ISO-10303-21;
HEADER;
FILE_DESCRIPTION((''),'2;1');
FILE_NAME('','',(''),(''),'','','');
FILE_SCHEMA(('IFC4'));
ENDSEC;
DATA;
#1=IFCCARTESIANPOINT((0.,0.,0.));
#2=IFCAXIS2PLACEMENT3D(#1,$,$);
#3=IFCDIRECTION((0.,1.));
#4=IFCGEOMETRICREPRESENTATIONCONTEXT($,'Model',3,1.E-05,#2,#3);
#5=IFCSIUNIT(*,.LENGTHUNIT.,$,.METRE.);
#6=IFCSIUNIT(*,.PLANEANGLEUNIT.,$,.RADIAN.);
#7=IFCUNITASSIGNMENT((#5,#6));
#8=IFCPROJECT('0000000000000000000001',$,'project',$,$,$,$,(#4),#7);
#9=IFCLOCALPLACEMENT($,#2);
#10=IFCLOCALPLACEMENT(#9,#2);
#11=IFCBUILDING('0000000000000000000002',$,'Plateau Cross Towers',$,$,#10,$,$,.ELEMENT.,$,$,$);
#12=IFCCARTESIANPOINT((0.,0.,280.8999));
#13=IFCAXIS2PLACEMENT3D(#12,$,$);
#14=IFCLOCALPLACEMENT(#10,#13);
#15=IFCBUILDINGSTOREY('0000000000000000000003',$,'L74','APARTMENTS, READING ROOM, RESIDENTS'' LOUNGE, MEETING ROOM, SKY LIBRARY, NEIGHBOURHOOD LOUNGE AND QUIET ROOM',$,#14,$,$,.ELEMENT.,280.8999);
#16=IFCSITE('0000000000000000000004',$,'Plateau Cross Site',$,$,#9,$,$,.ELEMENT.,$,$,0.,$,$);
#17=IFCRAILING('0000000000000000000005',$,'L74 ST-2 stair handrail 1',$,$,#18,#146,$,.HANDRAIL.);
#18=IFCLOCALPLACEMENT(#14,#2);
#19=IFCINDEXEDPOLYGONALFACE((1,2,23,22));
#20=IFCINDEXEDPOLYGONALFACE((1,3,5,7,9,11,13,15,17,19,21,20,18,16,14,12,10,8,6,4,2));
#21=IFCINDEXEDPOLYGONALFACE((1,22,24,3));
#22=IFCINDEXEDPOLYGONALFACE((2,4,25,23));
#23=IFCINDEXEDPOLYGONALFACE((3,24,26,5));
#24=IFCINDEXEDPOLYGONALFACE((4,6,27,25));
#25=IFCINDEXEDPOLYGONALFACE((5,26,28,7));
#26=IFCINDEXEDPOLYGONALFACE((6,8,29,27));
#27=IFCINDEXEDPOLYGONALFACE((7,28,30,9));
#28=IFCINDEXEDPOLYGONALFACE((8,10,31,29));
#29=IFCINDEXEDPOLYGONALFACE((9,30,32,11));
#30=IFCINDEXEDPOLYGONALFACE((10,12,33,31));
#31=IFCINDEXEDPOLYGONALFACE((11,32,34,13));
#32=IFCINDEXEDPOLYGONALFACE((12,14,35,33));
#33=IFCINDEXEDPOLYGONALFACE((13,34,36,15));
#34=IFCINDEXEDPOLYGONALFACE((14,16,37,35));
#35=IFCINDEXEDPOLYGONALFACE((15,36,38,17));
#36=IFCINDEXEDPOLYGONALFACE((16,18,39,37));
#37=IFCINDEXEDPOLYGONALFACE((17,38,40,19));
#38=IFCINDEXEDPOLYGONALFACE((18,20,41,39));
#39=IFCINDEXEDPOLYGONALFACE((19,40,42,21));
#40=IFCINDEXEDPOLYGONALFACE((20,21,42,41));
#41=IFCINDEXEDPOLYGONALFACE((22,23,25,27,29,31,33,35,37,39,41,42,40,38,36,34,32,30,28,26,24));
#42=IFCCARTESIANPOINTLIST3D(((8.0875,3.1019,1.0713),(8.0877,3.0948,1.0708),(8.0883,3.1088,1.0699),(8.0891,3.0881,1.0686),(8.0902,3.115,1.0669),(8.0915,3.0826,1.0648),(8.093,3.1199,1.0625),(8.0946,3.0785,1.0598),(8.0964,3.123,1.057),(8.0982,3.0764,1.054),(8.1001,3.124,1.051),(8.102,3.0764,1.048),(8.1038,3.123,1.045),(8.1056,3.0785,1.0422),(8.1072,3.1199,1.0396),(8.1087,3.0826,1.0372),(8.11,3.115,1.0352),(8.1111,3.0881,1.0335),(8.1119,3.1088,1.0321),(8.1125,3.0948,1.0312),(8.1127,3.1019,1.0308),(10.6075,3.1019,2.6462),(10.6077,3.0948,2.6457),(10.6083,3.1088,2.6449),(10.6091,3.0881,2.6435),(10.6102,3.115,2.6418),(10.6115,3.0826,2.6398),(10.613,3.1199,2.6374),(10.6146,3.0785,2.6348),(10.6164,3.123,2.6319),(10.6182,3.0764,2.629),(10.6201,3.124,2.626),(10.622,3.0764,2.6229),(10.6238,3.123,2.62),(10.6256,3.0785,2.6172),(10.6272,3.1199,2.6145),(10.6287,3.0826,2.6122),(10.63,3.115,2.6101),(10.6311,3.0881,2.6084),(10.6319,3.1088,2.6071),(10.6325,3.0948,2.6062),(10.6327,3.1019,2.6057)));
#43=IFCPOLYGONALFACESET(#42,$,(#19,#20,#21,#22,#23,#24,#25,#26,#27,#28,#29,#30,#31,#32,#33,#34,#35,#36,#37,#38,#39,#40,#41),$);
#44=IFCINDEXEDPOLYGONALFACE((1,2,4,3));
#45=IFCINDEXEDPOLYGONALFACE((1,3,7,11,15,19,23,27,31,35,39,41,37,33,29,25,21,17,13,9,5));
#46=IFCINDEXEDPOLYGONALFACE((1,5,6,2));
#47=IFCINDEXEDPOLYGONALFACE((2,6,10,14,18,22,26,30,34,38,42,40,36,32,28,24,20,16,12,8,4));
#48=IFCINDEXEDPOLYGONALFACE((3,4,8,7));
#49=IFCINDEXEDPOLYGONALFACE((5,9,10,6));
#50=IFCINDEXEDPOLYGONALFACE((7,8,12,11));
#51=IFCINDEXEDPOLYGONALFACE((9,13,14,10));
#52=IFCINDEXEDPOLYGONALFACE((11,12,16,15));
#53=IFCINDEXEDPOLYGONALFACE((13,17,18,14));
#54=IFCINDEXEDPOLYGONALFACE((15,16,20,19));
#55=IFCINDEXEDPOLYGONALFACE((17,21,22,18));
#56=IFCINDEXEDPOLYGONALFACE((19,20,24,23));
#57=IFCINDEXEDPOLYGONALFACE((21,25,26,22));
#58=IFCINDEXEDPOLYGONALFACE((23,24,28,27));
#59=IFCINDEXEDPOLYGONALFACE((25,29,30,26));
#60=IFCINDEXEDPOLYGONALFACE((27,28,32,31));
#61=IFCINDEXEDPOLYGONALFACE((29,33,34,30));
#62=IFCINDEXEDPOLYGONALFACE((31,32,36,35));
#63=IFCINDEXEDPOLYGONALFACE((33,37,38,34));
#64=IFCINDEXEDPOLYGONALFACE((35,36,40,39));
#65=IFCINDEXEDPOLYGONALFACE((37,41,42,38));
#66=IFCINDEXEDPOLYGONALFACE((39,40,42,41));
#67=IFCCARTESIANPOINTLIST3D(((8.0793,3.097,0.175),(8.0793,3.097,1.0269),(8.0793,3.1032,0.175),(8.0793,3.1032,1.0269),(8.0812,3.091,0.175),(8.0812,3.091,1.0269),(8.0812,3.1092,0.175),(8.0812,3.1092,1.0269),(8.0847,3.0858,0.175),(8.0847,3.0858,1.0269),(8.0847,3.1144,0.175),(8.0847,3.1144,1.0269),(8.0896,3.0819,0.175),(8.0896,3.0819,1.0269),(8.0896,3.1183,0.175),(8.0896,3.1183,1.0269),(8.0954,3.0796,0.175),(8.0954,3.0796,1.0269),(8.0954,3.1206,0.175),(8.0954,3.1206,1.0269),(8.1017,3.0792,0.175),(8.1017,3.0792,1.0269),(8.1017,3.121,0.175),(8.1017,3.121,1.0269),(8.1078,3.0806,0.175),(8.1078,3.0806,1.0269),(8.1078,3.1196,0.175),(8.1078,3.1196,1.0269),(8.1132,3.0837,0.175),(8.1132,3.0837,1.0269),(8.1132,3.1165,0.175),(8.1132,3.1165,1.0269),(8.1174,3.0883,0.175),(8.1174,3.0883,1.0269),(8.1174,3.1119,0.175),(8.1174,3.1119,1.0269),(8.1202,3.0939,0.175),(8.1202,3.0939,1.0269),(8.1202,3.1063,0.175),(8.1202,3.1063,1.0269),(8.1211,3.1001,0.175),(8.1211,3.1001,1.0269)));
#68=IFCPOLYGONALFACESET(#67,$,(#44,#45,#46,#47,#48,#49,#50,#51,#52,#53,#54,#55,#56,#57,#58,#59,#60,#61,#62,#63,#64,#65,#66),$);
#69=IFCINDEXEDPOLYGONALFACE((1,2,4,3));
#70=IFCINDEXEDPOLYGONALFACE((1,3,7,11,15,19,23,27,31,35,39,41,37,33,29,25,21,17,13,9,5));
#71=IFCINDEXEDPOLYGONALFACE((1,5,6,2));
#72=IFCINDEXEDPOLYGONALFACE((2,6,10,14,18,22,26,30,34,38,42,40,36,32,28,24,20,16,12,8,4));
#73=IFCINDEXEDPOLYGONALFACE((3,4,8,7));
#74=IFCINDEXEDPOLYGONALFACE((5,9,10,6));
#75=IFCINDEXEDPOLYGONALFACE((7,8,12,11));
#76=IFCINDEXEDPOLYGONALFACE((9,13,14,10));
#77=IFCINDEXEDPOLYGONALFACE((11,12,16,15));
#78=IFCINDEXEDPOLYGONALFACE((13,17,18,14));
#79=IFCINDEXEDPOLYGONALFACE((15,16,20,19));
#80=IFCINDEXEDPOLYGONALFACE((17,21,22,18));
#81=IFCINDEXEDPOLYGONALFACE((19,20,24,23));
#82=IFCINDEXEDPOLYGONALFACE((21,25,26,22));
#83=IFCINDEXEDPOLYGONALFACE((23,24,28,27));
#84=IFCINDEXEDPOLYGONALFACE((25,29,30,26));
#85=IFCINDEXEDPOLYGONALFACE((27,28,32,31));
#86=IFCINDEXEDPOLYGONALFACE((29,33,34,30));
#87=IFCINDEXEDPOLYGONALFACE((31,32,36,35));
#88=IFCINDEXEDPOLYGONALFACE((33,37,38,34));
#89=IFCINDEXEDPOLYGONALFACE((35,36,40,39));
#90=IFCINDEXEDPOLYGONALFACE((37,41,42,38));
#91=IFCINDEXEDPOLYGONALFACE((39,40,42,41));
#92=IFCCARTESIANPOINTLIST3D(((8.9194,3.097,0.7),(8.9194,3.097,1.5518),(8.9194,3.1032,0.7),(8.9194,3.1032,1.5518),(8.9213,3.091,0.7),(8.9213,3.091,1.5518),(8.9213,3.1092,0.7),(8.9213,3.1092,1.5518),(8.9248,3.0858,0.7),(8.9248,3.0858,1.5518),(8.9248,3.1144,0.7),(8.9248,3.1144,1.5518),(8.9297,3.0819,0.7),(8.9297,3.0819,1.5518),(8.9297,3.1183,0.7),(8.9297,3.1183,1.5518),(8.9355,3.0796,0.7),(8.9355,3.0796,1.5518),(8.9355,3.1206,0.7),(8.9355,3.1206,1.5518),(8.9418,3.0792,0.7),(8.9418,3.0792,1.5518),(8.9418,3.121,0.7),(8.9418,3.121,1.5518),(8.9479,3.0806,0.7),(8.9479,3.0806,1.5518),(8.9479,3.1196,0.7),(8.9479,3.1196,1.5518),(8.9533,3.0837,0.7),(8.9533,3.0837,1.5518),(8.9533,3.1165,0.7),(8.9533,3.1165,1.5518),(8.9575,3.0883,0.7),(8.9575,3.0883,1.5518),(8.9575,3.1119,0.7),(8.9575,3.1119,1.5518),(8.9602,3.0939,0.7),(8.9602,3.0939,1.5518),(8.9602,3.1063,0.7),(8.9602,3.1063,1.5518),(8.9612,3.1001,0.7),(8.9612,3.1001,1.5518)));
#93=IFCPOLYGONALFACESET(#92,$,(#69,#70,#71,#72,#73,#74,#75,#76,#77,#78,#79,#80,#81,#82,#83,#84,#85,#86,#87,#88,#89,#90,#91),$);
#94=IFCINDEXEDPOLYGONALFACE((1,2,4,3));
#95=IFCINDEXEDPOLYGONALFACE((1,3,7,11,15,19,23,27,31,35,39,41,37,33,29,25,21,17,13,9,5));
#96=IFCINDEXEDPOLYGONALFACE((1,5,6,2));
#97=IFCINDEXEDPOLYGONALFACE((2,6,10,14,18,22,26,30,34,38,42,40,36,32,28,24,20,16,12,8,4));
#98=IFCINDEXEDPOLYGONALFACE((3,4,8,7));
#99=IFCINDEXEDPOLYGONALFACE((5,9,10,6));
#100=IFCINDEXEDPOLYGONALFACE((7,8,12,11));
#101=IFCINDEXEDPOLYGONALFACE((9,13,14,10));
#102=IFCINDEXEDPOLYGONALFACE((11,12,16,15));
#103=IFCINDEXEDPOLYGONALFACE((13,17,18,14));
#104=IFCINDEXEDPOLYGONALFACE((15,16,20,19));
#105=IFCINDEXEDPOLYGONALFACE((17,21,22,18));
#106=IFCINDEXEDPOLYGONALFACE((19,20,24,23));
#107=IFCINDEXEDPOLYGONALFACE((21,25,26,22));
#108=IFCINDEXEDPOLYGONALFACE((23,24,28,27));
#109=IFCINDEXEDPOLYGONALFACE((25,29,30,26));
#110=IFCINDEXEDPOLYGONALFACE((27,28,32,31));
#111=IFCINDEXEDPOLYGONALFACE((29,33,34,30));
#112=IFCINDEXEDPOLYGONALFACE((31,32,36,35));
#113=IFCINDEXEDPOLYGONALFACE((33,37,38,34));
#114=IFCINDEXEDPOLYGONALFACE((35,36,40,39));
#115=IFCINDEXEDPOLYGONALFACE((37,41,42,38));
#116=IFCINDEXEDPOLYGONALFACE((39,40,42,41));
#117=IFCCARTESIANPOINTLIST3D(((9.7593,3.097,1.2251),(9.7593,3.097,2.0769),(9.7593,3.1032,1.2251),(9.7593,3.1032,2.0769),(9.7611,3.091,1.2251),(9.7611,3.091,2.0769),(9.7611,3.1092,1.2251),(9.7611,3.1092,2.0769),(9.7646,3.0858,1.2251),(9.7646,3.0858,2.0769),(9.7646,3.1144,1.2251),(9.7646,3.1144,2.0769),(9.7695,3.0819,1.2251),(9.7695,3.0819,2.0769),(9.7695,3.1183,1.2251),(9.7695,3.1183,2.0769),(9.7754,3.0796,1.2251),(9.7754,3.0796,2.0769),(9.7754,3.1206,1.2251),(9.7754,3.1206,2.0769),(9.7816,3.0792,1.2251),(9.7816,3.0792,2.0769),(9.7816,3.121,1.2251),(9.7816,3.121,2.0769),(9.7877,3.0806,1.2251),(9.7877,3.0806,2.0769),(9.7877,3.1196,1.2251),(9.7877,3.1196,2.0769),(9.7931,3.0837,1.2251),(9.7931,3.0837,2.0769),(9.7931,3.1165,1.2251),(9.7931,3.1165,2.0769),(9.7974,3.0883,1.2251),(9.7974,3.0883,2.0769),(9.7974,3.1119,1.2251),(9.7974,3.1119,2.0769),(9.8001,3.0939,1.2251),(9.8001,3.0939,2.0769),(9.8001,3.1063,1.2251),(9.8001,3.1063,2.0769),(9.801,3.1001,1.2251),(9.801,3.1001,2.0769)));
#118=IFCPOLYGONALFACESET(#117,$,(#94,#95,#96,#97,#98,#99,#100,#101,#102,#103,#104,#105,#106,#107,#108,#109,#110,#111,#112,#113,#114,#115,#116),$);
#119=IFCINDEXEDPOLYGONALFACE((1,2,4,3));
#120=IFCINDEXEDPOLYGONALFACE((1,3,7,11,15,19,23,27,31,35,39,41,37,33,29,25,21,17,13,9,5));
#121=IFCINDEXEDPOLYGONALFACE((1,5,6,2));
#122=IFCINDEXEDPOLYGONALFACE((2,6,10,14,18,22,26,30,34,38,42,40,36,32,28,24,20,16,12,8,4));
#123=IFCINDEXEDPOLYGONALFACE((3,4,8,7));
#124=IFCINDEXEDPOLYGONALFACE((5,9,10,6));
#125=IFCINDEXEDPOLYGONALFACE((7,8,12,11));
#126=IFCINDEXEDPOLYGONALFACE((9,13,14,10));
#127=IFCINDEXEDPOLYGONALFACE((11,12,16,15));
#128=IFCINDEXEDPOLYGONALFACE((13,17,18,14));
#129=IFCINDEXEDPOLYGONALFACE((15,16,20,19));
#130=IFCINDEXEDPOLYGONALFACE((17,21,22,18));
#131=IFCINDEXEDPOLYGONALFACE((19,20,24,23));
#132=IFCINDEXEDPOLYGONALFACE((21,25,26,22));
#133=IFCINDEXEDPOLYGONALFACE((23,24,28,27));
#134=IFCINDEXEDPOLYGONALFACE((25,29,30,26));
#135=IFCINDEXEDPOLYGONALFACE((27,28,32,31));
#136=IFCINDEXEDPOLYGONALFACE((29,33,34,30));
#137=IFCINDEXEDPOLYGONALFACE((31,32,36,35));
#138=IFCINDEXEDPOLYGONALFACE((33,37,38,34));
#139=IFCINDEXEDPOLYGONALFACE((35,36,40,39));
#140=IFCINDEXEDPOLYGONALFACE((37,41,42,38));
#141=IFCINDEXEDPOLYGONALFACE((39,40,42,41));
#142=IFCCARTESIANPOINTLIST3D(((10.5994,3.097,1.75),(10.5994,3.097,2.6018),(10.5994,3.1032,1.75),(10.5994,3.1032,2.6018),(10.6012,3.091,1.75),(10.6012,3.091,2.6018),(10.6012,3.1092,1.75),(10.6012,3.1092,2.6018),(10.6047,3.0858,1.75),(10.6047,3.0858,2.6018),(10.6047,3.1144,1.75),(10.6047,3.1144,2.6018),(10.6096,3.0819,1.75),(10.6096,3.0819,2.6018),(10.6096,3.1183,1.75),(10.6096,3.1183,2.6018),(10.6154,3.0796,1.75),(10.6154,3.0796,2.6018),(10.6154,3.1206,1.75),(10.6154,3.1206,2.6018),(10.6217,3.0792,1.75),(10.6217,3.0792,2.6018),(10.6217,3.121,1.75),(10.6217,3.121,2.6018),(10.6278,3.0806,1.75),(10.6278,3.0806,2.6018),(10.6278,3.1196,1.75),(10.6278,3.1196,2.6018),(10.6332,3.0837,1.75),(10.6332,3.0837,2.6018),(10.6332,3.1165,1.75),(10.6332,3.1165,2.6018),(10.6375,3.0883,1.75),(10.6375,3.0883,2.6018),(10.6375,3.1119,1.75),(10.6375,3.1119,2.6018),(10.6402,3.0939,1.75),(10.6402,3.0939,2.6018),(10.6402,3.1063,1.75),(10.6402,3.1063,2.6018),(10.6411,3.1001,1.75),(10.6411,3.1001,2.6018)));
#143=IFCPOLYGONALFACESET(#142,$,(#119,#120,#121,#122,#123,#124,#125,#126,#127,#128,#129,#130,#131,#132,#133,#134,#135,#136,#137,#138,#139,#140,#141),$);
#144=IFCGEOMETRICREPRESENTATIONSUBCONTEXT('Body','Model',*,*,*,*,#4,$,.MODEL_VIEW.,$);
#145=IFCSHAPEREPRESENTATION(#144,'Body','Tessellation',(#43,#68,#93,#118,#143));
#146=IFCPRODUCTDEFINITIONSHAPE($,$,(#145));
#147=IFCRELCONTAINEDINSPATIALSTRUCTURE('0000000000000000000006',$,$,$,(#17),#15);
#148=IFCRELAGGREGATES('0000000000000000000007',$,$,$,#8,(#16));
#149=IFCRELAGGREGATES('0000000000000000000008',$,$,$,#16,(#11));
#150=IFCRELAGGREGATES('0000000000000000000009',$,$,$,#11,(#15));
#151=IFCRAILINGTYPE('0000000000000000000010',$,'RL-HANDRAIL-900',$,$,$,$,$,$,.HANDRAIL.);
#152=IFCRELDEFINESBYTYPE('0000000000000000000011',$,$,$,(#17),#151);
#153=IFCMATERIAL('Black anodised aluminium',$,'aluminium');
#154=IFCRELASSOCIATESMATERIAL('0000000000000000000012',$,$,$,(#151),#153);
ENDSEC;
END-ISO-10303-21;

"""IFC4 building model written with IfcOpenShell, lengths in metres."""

from ifc_helpers import new_model, si_unit, direction, frame, origin, origin_2d, place, context, subcontext, project, spatial, circle, extrude, material, type_object, element, save


model = new_model("IFC4")

# Units and contexts
model_context = context("Model", 3, precision=1e-05, world=origin(), true_north=direction((0.0, 1.0)))
body_context = subcontext(model_context, "Body", "Model", "MODEL_VIEW")
ifc_project = project(units=[si_unit("LENGTHUNIT", "METRE"), si_unit("PLANEANGLEUNIT", "RADIAN")], contexts=[model_context])

# Site, building, storey
site_placement = place(None, origin())
site = spatial("IfcSite", under=ifc_project, at=site_placement, Name="Plateau Cross Site", CompositionType="ELEMENT", RefElevation=0.0)
building_placement = place(site_placement, origin())
building = spatial("IfcBuilding", under=site, at=building_placement, Name="Plateau Cross Towers", CompositionType="ELEMENT")
storey_placement = place(building_placement, frame((0.0, 0.0, 280.8999)))
storey = spatial("IfcBuildingStorey", under=building, at=storey_placement, Name="L74", Description="APARTMENTS, READING ROOM, RESIDENTS' LOUNGE, MEETING ROOM, SKY LIBRARY, NEIGHBOURHOOD LOUNGE AND QUIET ROOM", CompositionType="ELEMENT", Elevation=280.8999)

# Shared definitions
ifc_material_1 = material(Name="Black anodised aluminium", Category="aluminium")

# Railing
railing_type_1 = type_object("IfcRailingType", Name="RL-HANDRAIL-900", PredefinedType="HANDRAIL", material=ifc_material_1)
railing_1_placement = place(storey_placement, frame((8.1001, 3.1001, 0.175)))
element("IfcRailing", 1, at=railing_1_placement, inside=storey, type_object=railing_type_1, Name="L74 ST-2 stair handrail 1", PredefinedType="HANDRAIL", context=body_context, shape_type="SweptSolid", body=[
    extrude(circle(Radius=0.0239, at=origin_2d()), frame((0.0, 0.0, 0.876), z_axis=(0.848008, 0.0, 0.529984), x_axis=(0.0, 1.0, 0.0)), (0.0, 0.0, 1.0), 2.9717),
    extrude(circle(Radius=0.021, at=origin_2d()), origin(), (0.0, 0.0, 1.0), 0.8518),
    extrude(circle(Radius=0.021, at=origin_2d()), frame((0.8401, 0.0, 0.5249)), (0.0, 0.0, 1.0), 0.8518),
    extrude(circle(Radius=0.021, at=origin_2d()), frame((1.6799, 0.0, 1.05)), (0.0, 0.0, 1.0), 0.8518),
    extrude(circle(Radius=0.021, at=origin_2d()), frame((2.52, 0.0, 1.575)), (0.0, 0.0, 1.0), 0.8518),
])

save(model, "model.ifc")
